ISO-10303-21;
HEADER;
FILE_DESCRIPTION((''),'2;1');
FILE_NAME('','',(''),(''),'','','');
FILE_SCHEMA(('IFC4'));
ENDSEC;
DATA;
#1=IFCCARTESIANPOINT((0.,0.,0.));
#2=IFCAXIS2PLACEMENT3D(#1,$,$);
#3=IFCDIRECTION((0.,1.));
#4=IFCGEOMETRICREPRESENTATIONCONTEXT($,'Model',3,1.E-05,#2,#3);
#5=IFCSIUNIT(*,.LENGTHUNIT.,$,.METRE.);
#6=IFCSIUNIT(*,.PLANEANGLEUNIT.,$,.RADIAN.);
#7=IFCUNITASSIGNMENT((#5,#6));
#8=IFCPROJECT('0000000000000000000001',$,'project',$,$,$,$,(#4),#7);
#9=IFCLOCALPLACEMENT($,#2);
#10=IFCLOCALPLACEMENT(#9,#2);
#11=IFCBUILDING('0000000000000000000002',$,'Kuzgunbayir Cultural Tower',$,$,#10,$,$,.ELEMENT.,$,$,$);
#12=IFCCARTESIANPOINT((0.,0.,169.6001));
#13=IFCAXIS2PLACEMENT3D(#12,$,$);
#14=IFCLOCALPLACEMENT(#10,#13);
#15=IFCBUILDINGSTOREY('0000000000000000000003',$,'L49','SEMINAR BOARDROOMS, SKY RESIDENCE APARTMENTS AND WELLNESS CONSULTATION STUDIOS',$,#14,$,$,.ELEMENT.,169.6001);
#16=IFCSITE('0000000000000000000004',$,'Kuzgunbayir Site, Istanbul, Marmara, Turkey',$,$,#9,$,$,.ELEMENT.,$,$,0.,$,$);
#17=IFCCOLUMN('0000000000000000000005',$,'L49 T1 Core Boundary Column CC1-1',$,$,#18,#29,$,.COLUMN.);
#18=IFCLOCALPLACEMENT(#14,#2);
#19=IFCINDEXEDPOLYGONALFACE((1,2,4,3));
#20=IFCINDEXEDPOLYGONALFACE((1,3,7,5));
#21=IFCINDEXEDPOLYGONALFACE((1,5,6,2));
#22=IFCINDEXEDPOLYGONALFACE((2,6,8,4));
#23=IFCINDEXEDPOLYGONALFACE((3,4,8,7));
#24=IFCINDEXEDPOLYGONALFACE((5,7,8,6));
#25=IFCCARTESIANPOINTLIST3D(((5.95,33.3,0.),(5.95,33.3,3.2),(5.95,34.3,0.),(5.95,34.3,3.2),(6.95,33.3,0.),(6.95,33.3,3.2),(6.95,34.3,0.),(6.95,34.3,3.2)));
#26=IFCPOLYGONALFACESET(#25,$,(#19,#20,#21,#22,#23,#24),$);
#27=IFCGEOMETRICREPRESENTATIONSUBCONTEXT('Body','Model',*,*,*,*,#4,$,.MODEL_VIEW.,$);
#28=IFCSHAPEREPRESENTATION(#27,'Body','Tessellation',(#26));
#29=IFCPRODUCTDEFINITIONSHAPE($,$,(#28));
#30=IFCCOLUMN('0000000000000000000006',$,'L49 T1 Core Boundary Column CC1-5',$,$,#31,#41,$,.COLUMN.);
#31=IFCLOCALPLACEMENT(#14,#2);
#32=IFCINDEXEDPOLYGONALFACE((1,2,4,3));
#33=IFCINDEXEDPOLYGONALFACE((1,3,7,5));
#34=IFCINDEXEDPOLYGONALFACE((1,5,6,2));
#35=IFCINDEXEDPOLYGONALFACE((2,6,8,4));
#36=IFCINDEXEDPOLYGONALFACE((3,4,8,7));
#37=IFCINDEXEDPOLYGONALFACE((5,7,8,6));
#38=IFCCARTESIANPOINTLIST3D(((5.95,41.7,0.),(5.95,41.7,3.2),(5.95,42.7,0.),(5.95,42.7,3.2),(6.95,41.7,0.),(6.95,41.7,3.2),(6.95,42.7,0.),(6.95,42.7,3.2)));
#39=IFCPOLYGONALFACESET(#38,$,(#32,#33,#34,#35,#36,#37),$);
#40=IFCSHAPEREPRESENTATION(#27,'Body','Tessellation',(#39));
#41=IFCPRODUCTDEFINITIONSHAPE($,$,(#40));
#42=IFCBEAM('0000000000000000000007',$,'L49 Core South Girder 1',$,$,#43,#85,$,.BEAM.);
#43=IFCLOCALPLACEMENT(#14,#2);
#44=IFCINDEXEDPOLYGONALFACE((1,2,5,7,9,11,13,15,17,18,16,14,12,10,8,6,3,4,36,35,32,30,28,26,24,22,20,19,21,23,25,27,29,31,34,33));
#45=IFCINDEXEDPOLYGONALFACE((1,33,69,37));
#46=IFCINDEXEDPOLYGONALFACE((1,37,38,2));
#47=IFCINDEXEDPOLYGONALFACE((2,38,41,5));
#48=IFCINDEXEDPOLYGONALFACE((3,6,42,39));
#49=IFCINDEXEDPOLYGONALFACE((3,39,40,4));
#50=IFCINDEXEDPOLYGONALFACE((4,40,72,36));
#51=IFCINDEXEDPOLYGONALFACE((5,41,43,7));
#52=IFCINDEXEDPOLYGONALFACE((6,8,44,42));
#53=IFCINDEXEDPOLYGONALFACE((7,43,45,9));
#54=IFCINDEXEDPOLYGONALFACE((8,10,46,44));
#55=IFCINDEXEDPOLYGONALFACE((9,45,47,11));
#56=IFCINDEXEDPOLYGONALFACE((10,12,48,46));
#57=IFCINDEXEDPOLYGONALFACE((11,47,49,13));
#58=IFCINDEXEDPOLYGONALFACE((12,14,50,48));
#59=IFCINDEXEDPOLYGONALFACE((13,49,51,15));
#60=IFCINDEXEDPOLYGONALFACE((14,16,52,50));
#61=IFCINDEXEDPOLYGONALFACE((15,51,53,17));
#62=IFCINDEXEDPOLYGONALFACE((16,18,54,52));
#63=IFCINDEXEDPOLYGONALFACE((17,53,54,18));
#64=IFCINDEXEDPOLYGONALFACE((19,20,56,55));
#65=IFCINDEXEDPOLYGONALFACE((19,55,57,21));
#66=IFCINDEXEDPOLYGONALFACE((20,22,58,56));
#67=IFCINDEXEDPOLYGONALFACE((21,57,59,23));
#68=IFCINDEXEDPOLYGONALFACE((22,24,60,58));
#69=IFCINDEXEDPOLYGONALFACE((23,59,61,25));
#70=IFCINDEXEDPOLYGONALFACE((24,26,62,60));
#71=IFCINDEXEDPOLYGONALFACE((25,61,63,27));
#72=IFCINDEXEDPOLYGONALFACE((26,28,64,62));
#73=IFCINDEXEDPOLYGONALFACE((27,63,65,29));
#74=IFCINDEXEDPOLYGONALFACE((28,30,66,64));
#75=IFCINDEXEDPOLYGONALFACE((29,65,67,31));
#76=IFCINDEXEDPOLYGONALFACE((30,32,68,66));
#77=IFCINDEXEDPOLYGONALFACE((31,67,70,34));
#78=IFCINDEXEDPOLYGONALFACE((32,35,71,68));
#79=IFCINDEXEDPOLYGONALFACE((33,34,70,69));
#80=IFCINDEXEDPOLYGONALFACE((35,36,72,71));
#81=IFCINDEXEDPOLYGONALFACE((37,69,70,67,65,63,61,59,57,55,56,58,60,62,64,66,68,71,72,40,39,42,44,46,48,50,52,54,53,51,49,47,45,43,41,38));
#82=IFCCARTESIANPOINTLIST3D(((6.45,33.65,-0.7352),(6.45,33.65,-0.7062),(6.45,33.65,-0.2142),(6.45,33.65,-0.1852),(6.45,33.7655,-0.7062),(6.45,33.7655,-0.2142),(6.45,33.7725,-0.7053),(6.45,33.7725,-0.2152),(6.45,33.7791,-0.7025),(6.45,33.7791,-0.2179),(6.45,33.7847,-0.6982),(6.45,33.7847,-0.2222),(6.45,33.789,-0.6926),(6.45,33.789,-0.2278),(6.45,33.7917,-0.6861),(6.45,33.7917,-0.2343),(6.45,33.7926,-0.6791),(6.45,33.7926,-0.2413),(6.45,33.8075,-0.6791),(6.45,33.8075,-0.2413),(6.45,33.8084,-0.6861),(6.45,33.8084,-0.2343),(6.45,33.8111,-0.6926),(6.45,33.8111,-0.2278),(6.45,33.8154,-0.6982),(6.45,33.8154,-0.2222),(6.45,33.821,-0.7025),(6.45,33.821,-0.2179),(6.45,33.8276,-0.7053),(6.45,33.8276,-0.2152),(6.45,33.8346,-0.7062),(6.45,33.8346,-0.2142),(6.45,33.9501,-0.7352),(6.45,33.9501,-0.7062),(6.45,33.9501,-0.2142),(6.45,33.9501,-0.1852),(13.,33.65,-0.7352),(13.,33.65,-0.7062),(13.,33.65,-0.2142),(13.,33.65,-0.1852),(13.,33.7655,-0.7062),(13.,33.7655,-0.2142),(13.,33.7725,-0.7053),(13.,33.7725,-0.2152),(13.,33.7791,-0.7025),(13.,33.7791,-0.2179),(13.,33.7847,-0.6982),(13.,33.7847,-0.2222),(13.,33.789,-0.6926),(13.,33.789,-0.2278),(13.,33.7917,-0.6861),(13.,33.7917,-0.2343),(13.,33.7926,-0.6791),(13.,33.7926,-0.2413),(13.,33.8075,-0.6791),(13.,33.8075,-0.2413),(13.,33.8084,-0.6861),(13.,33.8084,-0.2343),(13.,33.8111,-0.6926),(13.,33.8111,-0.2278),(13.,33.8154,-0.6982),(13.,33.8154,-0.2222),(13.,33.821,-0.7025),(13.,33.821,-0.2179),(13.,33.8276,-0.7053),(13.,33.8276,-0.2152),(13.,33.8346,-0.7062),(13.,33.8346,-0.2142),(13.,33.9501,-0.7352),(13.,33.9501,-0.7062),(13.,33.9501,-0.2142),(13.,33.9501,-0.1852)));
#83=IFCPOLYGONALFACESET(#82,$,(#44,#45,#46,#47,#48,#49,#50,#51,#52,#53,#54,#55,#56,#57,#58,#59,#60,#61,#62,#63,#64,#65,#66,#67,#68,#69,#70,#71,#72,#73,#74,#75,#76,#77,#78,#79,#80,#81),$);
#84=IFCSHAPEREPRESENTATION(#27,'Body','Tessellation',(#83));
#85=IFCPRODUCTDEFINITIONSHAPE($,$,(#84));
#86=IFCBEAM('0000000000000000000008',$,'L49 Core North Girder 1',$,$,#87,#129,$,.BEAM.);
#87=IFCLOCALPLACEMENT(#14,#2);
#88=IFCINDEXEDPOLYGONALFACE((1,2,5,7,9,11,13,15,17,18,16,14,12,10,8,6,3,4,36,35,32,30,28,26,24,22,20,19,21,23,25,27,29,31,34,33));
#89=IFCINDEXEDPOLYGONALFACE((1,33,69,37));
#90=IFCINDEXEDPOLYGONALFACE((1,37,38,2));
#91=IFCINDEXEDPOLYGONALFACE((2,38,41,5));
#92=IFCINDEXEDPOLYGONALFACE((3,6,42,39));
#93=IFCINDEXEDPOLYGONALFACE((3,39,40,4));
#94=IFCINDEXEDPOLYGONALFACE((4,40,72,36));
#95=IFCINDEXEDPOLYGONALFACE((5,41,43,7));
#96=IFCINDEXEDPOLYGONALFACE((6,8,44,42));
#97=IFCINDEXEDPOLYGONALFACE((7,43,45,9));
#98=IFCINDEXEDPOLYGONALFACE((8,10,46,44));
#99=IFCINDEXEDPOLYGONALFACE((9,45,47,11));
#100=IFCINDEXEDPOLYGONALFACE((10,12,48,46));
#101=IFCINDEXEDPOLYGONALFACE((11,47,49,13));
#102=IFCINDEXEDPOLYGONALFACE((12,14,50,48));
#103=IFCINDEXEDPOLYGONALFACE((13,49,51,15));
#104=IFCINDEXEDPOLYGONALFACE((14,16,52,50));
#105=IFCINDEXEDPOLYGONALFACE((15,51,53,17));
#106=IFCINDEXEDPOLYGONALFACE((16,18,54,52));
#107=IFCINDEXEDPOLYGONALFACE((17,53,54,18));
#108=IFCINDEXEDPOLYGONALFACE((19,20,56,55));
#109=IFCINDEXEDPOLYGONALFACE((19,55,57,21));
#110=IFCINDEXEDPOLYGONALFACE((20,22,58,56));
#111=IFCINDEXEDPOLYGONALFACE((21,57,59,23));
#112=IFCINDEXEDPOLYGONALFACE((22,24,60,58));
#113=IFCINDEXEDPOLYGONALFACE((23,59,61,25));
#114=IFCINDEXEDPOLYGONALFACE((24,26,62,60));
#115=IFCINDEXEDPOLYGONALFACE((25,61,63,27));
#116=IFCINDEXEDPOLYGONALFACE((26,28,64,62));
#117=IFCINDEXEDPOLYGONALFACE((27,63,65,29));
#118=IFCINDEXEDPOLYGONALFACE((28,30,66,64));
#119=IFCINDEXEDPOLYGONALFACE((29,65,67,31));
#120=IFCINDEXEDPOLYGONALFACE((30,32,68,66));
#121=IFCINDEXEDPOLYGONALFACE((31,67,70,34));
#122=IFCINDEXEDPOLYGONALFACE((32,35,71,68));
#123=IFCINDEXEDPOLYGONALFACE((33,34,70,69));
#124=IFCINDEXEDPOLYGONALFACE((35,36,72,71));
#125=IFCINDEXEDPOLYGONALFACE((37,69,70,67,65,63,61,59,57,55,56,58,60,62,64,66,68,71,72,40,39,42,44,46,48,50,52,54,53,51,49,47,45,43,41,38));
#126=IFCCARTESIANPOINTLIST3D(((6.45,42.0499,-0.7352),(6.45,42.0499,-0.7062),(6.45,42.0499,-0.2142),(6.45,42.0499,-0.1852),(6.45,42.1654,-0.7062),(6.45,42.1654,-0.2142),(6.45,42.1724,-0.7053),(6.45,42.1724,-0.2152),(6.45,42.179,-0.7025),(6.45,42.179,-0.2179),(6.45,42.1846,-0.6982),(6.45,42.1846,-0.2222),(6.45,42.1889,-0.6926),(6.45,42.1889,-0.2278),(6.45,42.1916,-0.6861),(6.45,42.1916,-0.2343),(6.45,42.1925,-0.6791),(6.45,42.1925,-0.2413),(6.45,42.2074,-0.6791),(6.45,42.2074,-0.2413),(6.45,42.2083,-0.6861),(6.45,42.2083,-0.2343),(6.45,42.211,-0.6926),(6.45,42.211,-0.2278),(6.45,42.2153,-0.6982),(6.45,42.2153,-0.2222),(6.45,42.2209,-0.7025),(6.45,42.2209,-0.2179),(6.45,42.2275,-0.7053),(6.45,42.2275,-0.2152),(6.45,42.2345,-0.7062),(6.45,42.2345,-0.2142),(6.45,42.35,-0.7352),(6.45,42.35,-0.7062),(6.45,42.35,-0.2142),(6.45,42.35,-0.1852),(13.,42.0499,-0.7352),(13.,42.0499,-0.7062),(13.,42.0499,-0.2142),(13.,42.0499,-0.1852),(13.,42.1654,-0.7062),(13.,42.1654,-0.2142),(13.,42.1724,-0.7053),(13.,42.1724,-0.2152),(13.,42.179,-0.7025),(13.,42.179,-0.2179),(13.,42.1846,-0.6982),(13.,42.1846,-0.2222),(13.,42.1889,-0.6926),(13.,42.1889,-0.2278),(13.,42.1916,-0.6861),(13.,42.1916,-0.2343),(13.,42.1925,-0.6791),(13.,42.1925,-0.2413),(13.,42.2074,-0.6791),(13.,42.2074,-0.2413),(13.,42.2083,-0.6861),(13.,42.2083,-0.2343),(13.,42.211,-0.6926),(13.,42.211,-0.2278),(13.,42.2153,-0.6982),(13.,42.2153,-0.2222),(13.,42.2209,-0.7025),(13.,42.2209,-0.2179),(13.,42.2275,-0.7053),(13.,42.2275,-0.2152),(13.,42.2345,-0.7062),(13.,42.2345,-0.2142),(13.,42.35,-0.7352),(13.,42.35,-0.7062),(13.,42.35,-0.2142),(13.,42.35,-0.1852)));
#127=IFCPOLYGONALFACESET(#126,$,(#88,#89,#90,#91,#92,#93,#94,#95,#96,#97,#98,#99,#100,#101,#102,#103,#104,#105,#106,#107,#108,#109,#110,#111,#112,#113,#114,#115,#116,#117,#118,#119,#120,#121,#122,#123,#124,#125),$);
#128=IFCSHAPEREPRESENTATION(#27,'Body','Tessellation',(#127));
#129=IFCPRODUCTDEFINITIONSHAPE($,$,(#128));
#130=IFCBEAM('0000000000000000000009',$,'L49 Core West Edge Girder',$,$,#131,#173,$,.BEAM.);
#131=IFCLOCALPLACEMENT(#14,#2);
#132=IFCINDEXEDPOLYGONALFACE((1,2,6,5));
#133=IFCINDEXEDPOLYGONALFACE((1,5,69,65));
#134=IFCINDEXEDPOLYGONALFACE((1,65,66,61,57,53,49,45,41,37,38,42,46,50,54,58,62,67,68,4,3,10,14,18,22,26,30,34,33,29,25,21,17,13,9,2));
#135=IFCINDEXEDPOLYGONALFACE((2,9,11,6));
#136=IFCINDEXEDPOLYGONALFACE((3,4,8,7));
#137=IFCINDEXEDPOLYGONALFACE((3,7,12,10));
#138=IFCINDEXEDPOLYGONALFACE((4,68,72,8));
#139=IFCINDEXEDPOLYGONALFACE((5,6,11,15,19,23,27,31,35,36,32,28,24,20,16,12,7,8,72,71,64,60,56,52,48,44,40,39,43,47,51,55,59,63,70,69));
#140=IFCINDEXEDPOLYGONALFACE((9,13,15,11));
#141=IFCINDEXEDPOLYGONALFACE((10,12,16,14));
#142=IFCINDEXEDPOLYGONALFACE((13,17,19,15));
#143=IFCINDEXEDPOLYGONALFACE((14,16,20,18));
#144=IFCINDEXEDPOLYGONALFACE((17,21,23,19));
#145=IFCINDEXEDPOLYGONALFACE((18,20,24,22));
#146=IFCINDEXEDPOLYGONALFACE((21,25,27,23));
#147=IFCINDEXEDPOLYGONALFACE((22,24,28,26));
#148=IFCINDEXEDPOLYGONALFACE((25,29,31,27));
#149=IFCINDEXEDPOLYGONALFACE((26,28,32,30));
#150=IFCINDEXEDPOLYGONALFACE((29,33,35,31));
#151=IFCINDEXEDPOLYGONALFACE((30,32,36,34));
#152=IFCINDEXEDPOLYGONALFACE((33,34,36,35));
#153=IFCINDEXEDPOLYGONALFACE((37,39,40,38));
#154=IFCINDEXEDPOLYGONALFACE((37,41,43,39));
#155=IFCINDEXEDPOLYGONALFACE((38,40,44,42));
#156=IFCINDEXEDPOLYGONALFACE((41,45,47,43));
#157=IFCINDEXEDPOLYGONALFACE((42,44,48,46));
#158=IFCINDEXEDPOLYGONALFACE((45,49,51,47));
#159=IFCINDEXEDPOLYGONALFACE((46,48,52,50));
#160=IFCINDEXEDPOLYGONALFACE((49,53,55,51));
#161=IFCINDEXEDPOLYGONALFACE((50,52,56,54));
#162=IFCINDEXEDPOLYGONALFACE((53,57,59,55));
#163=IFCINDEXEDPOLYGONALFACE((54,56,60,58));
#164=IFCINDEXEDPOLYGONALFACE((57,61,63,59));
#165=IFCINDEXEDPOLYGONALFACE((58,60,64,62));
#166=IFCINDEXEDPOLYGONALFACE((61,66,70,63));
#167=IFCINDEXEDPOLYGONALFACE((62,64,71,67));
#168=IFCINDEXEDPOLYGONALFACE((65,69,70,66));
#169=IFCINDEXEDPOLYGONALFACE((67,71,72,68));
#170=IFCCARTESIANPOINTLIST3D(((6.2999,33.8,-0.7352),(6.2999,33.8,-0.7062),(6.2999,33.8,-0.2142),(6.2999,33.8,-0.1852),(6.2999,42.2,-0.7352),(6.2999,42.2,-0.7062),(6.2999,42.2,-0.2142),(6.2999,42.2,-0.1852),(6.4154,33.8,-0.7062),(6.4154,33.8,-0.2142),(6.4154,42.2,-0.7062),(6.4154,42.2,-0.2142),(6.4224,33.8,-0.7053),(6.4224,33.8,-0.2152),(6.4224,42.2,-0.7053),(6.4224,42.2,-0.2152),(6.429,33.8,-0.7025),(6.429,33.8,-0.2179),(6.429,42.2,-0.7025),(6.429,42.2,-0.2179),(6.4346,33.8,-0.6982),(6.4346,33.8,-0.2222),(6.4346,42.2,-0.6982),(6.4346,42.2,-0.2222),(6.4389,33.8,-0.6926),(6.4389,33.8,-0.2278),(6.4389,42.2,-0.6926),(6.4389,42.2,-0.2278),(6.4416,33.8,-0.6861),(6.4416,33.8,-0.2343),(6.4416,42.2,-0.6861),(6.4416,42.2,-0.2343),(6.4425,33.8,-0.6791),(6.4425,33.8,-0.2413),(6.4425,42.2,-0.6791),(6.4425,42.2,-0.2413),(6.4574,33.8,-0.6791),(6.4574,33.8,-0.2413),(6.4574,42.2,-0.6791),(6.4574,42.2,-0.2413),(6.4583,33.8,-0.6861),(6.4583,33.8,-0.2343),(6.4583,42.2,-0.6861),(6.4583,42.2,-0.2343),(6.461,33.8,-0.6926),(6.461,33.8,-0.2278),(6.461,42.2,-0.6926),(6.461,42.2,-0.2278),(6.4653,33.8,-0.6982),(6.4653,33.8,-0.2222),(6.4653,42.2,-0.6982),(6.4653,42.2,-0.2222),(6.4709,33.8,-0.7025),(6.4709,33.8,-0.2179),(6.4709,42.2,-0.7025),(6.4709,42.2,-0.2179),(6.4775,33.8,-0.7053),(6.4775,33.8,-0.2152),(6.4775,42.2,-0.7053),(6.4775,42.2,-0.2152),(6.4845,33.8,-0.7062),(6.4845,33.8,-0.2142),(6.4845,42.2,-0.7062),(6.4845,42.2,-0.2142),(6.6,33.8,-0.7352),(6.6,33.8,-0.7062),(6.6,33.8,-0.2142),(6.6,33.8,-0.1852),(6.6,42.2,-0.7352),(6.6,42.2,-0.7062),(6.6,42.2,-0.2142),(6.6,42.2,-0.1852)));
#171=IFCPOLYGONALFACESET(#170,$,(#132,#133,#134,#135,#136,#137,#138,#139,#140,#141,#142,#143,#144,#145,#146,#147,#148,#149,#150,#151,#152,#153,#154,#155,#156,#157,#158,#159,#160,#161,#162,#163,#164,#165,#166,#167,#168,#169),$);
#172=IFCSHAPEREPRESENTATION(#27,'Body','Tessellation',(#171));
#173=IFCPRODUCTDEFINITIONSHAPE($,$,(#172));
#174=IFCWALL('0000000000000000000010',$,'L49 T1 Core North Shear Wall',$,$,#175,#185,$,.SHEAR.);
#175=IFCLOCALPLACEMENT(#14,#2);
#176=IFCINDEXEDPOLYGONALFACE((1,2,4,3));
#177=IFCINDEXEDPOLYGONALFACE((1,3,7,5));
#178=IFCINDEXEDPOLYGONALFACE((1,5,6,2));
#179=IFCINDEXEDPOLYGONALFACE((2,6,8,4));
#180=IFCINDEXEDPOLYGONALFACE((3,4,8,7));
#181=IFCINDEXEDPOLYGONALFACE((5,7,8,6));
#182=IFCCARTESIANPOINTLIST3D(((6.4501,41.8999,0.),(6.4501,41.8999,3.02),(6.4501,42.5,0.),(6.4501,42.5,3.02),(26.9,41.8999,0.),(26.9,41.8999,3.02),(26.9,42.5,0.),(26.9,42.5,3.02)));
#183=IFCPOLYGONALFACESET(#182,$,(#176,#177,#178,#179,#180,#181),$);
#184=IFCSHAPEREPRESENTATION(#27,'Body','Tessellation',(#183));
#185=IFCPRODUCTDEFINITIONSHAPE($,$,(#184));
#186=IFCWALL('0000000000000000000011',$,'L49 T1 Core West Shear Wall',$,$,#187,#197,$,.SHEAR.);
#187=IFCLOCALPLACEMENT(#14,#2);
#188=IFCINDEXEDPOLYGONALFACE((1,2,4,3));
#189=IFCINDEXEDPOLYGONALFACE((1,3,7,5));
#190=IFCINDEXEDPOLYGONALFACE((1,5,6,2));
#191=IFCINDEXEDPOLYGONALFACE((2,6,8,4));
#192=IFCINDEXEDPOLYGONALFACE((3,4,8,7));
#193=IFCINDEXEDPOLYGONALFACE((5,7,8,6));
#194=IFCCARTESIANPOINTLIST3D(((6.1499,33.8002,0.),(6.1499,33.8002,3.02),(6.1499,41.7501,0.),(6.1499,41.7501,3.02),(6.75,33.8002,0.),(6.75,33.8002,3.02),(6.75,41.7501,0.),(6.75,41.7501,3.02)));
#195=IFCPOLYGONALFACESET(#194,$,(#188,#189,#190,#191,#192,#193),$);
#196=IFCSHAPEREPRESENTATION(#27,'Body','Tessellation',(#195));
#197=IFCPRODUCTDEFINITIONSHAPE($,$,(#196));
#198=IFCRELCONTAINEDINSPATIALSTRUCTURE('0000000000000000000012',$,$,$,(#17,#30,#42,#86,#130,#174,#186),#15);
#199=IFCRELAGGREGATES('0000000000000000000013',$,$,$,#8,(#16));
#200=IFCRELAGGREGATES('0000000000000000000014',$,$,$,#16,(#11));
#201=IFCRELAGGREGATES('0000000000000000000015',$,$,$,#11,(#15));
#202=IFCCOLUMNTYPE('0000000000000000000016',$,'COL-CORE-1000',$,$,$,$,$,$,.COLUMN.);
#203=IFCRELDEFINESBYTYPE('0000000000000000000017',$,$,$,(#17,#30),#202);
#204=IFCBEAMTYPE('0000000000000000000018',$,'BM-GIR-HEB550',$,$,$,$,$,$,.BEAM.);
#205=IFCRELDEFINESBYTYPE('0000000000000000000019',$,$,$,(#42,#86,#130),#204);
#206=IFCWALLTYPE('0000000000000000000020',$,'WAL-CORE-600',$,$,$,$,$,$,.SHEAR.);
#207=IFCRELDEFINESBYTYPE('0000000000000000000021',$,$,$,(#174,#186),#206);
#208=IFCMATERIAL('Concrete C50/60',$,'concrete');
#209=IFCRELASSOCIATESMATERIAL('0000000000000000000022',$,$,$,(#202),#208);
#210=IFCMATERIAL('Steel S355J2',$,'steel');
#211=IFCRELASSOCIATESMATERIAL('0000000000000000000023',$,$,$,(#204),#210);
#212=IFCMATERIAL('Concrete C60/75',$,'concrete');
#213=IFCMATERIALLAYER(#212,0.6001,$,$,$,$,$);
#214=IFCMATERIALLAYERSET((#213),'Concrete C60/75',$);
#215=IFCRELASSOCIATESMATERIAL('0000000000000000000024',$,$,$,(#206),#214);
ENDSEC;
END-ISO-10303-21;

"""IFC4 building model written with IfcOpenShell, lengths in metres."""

from ifc_helpers import new_model, si_unit, direction, frame, frame_2d, origin, origin_2d, place, context, subcontext, project, spatial, rectangle, i_section, extrude, material, layer, layer_set, material_profile, profile_set, type_object, element, save


model = new_model("IFC4")

# Units and contexts
model_context = context("Model", 3, precision=1e-05, world=origin(), true_north=direction((0.0, 1.0)))
body_context = subcontext(model_context, "Body", "Model", "MODEL_VIEW")
ifc_project = project(units=[si_unit("LENGTHUNIT", "METRE"), si_unit("PLANEANGLEUNIT", "RADIAN")], contexts=[model_context])

# Site, building, storey
site_placement = place(None, origin())
site = spatial("IfcSite", under=ifc_project, at=site_placement, Name="Kuzgunbayir Site, Istanbul, Marmara, Turkey", CompositionType="ELEMENT", RefElevation=0.0)
building_placement = place(site_placement, origin())
building = spatial("IfcBuilding", under=site, at=building_placement, Name="Kuzgunbayir Cultural Tower", CompositionType="ELEMENT")
storey_placement = place(building_placement, frame((0.0, 0.0, 169.6001)))
storey = spatial("IfcBuildingStorey", under=building, at=storey_placement, Name="L49", Description="SEMINAR BOARDROOMS, SKY RESIDENCE APARTMENTS AND WELLNESS CONSULTATION STUDIOS", CompositionType="ELEMENT", Elevation=169.6001)

# Columns
ifc_material_1 = material(Name="Concrete C50/60", Category="concrete")
ifc_material_profile_1 = material_profile(ifc_material_1, rectangle(XDim=1.0, YDim=1.0, at=origin_2d()), Name="RC 1000x1000")
ifc_profile_set_1 = profile_set([ifc_material_profile_1], Name="Concrete C50/60")
column_type = type_object("IfcColumnType", Name="COL-CORE-1000", PredefinedType="COLUMN", material=ifc_profile_set_1)
for number, where, z_axis, x_axis, name in (
    (1, (6.45, 33.8, 0.0), (0.0, 0.0, 1.0), (1.0, 0.0, 0.0), "L49 T1 Core Boundary Column CC1-1"),
    (2, (6.45, 42.2, 0.0), (0.0, 0.0, 1.0), (1.0, 0.0, 0.0), "L49 T1 Core Boundary Column CC1-5"),
):
    element("IfcColumn", number, at=place(storey_placement, frame(where, z_axis=z_axis, x_axis=x_axis)), inside=storey, type_object=column_type, Name=name, PredefinedType="COLUMN", context=body_context, shape_type="SweptSolid", body=[
        extrude(rectangle(XDim=1.0, YDim=1.0, at=origin_2d()), origin(), (0.0, 0.0, 1.0), 3.2),
    ])

# Beams
ifc_material_2 = material(Name="Steel S355J2", Category="steel")
ifc_material_profile_2 = material_profile(ifc_material_2, i_section(OverallWidth=0.3, OverallDepth=0.55, WebThickness=0.0149, FlangeThickness=0.0291, FilletRadius=0.0271, at=origin_2d()), Name="HEB 550")
ifc_profile_set_2 = profile_set([ifc_material_profile_2], Name="Steel S355J2")
beam_type = type_object("IfcBeamType", Name="BM-GIR-HEB550", PredefinedType="BEAM", material=ifc_profile_set_2)
for number, where, z_axis, x_axis, name in (
    (3, (6.45, 33.8, -0.4602), (1.0, 0.0, 0.0), (0.0, 1.0, 0.0), "L49 Core South Girder 1"),
    (4, (6.45, 42.2, -0.4602), (1.0, 0.0, 0.0), (0.0, 1.0, 0.0), "L49 Core North Girder 1"),
):
    element("IfcBeam", number, at=place(storey_placement, frame(where, z_axis=z_axis, x_axis=x_axis)), inside=storey, type_object=beam_type, Name=name, PredefinedType="BEAM", context=body_context, shape_type="SweptSolid", body=[
        extrude(i_section(OverallWidth=0.3, OverallDepth=0.55, WebThickness=0.0149, FlangeThickness=0.0291, FilletRadius=0.0271, at=origin_2d()), origin(), (0.0, 0.0, 1.0), 6.55),
    ])
beam_placement = place(storey_placement, frame((6.45, 33.8, -0.4602), z_axis=(0.0, 1.0, 0.0), x_axis=(-1.0, 0.0, 0.0)))
element("IfcBeam", 5, at=beam_placement, inside=storey, type_object=beam_type, Name="L49 Core West Edge Girder", PredefinedType="BEAM", context=body_context, shape_type="SweptSolid", body=[
    extrude(i_section(OverallWidth=0.3, OverallDepth=0.55, WebThickness=0.0149, FlangeThickness=0.0291, FilletRadius=0.0271, at=origin_2d()), origin(), (0.0, 0.0, 1.0), 8.3999),
])

# Walls
ifc_material_3 = material(Name="Concrete C60/75", Category="concrete")
ifc_layer_1 = layer(ifc_material_3, 0.6001)
ifc_layer_set_1 = layer_set([ifc_layer_1], Name="Concrete C60/75")
wall_type_1 = type_object("IfcWallType", Name="WAL-CORE-600", PredefinedType="SHEAR", material=ifc_layer_set_1)
wall_1_placement = place(storey_placement, frame((6.45, 42.2, 0.0), z_axis=(0.0, 0.0, 1.0), x_axis=(1.0, 0.0, 0.0)))
element("IfcWall", 6, at=wall_1_placement, inside=storey, type_object=wall_type_1, Name="L49 T1 Core North Shear Wall", PredefinedType="SHEAR", context=body_context, shape_type="SweptSolid", body=[
    extrude(rectangle(XDim=20.45, YDim=0.6001, at=frame_2d((10.2251, 0.0))), origin(), (0.0, 0.0, 1.0), 3.02),
])
wall_2_placement = place(storey_placement, frame((6.45, 33.8, 0.0), z_axis=(0.0, 0.0, 1.0), x_axis=(0.0, 1.0, 0.0)))
element("IfcWall", 7, at=wall_2_placement, inside=storey, type_object=wall_type_1, Name="L49 T1 Core West Shear Wall", PredefinedType="SHEAR", context=body_context, shape_type="SweptSolid", body=[
    extrude(rectangle(XDim=7.95, YDim=0.6001, at=frame_2d((3.9751, 0.0))), origin(), (0.0, 0.0, 1.0), 3.02),
])

save(model, "model.ifc")
